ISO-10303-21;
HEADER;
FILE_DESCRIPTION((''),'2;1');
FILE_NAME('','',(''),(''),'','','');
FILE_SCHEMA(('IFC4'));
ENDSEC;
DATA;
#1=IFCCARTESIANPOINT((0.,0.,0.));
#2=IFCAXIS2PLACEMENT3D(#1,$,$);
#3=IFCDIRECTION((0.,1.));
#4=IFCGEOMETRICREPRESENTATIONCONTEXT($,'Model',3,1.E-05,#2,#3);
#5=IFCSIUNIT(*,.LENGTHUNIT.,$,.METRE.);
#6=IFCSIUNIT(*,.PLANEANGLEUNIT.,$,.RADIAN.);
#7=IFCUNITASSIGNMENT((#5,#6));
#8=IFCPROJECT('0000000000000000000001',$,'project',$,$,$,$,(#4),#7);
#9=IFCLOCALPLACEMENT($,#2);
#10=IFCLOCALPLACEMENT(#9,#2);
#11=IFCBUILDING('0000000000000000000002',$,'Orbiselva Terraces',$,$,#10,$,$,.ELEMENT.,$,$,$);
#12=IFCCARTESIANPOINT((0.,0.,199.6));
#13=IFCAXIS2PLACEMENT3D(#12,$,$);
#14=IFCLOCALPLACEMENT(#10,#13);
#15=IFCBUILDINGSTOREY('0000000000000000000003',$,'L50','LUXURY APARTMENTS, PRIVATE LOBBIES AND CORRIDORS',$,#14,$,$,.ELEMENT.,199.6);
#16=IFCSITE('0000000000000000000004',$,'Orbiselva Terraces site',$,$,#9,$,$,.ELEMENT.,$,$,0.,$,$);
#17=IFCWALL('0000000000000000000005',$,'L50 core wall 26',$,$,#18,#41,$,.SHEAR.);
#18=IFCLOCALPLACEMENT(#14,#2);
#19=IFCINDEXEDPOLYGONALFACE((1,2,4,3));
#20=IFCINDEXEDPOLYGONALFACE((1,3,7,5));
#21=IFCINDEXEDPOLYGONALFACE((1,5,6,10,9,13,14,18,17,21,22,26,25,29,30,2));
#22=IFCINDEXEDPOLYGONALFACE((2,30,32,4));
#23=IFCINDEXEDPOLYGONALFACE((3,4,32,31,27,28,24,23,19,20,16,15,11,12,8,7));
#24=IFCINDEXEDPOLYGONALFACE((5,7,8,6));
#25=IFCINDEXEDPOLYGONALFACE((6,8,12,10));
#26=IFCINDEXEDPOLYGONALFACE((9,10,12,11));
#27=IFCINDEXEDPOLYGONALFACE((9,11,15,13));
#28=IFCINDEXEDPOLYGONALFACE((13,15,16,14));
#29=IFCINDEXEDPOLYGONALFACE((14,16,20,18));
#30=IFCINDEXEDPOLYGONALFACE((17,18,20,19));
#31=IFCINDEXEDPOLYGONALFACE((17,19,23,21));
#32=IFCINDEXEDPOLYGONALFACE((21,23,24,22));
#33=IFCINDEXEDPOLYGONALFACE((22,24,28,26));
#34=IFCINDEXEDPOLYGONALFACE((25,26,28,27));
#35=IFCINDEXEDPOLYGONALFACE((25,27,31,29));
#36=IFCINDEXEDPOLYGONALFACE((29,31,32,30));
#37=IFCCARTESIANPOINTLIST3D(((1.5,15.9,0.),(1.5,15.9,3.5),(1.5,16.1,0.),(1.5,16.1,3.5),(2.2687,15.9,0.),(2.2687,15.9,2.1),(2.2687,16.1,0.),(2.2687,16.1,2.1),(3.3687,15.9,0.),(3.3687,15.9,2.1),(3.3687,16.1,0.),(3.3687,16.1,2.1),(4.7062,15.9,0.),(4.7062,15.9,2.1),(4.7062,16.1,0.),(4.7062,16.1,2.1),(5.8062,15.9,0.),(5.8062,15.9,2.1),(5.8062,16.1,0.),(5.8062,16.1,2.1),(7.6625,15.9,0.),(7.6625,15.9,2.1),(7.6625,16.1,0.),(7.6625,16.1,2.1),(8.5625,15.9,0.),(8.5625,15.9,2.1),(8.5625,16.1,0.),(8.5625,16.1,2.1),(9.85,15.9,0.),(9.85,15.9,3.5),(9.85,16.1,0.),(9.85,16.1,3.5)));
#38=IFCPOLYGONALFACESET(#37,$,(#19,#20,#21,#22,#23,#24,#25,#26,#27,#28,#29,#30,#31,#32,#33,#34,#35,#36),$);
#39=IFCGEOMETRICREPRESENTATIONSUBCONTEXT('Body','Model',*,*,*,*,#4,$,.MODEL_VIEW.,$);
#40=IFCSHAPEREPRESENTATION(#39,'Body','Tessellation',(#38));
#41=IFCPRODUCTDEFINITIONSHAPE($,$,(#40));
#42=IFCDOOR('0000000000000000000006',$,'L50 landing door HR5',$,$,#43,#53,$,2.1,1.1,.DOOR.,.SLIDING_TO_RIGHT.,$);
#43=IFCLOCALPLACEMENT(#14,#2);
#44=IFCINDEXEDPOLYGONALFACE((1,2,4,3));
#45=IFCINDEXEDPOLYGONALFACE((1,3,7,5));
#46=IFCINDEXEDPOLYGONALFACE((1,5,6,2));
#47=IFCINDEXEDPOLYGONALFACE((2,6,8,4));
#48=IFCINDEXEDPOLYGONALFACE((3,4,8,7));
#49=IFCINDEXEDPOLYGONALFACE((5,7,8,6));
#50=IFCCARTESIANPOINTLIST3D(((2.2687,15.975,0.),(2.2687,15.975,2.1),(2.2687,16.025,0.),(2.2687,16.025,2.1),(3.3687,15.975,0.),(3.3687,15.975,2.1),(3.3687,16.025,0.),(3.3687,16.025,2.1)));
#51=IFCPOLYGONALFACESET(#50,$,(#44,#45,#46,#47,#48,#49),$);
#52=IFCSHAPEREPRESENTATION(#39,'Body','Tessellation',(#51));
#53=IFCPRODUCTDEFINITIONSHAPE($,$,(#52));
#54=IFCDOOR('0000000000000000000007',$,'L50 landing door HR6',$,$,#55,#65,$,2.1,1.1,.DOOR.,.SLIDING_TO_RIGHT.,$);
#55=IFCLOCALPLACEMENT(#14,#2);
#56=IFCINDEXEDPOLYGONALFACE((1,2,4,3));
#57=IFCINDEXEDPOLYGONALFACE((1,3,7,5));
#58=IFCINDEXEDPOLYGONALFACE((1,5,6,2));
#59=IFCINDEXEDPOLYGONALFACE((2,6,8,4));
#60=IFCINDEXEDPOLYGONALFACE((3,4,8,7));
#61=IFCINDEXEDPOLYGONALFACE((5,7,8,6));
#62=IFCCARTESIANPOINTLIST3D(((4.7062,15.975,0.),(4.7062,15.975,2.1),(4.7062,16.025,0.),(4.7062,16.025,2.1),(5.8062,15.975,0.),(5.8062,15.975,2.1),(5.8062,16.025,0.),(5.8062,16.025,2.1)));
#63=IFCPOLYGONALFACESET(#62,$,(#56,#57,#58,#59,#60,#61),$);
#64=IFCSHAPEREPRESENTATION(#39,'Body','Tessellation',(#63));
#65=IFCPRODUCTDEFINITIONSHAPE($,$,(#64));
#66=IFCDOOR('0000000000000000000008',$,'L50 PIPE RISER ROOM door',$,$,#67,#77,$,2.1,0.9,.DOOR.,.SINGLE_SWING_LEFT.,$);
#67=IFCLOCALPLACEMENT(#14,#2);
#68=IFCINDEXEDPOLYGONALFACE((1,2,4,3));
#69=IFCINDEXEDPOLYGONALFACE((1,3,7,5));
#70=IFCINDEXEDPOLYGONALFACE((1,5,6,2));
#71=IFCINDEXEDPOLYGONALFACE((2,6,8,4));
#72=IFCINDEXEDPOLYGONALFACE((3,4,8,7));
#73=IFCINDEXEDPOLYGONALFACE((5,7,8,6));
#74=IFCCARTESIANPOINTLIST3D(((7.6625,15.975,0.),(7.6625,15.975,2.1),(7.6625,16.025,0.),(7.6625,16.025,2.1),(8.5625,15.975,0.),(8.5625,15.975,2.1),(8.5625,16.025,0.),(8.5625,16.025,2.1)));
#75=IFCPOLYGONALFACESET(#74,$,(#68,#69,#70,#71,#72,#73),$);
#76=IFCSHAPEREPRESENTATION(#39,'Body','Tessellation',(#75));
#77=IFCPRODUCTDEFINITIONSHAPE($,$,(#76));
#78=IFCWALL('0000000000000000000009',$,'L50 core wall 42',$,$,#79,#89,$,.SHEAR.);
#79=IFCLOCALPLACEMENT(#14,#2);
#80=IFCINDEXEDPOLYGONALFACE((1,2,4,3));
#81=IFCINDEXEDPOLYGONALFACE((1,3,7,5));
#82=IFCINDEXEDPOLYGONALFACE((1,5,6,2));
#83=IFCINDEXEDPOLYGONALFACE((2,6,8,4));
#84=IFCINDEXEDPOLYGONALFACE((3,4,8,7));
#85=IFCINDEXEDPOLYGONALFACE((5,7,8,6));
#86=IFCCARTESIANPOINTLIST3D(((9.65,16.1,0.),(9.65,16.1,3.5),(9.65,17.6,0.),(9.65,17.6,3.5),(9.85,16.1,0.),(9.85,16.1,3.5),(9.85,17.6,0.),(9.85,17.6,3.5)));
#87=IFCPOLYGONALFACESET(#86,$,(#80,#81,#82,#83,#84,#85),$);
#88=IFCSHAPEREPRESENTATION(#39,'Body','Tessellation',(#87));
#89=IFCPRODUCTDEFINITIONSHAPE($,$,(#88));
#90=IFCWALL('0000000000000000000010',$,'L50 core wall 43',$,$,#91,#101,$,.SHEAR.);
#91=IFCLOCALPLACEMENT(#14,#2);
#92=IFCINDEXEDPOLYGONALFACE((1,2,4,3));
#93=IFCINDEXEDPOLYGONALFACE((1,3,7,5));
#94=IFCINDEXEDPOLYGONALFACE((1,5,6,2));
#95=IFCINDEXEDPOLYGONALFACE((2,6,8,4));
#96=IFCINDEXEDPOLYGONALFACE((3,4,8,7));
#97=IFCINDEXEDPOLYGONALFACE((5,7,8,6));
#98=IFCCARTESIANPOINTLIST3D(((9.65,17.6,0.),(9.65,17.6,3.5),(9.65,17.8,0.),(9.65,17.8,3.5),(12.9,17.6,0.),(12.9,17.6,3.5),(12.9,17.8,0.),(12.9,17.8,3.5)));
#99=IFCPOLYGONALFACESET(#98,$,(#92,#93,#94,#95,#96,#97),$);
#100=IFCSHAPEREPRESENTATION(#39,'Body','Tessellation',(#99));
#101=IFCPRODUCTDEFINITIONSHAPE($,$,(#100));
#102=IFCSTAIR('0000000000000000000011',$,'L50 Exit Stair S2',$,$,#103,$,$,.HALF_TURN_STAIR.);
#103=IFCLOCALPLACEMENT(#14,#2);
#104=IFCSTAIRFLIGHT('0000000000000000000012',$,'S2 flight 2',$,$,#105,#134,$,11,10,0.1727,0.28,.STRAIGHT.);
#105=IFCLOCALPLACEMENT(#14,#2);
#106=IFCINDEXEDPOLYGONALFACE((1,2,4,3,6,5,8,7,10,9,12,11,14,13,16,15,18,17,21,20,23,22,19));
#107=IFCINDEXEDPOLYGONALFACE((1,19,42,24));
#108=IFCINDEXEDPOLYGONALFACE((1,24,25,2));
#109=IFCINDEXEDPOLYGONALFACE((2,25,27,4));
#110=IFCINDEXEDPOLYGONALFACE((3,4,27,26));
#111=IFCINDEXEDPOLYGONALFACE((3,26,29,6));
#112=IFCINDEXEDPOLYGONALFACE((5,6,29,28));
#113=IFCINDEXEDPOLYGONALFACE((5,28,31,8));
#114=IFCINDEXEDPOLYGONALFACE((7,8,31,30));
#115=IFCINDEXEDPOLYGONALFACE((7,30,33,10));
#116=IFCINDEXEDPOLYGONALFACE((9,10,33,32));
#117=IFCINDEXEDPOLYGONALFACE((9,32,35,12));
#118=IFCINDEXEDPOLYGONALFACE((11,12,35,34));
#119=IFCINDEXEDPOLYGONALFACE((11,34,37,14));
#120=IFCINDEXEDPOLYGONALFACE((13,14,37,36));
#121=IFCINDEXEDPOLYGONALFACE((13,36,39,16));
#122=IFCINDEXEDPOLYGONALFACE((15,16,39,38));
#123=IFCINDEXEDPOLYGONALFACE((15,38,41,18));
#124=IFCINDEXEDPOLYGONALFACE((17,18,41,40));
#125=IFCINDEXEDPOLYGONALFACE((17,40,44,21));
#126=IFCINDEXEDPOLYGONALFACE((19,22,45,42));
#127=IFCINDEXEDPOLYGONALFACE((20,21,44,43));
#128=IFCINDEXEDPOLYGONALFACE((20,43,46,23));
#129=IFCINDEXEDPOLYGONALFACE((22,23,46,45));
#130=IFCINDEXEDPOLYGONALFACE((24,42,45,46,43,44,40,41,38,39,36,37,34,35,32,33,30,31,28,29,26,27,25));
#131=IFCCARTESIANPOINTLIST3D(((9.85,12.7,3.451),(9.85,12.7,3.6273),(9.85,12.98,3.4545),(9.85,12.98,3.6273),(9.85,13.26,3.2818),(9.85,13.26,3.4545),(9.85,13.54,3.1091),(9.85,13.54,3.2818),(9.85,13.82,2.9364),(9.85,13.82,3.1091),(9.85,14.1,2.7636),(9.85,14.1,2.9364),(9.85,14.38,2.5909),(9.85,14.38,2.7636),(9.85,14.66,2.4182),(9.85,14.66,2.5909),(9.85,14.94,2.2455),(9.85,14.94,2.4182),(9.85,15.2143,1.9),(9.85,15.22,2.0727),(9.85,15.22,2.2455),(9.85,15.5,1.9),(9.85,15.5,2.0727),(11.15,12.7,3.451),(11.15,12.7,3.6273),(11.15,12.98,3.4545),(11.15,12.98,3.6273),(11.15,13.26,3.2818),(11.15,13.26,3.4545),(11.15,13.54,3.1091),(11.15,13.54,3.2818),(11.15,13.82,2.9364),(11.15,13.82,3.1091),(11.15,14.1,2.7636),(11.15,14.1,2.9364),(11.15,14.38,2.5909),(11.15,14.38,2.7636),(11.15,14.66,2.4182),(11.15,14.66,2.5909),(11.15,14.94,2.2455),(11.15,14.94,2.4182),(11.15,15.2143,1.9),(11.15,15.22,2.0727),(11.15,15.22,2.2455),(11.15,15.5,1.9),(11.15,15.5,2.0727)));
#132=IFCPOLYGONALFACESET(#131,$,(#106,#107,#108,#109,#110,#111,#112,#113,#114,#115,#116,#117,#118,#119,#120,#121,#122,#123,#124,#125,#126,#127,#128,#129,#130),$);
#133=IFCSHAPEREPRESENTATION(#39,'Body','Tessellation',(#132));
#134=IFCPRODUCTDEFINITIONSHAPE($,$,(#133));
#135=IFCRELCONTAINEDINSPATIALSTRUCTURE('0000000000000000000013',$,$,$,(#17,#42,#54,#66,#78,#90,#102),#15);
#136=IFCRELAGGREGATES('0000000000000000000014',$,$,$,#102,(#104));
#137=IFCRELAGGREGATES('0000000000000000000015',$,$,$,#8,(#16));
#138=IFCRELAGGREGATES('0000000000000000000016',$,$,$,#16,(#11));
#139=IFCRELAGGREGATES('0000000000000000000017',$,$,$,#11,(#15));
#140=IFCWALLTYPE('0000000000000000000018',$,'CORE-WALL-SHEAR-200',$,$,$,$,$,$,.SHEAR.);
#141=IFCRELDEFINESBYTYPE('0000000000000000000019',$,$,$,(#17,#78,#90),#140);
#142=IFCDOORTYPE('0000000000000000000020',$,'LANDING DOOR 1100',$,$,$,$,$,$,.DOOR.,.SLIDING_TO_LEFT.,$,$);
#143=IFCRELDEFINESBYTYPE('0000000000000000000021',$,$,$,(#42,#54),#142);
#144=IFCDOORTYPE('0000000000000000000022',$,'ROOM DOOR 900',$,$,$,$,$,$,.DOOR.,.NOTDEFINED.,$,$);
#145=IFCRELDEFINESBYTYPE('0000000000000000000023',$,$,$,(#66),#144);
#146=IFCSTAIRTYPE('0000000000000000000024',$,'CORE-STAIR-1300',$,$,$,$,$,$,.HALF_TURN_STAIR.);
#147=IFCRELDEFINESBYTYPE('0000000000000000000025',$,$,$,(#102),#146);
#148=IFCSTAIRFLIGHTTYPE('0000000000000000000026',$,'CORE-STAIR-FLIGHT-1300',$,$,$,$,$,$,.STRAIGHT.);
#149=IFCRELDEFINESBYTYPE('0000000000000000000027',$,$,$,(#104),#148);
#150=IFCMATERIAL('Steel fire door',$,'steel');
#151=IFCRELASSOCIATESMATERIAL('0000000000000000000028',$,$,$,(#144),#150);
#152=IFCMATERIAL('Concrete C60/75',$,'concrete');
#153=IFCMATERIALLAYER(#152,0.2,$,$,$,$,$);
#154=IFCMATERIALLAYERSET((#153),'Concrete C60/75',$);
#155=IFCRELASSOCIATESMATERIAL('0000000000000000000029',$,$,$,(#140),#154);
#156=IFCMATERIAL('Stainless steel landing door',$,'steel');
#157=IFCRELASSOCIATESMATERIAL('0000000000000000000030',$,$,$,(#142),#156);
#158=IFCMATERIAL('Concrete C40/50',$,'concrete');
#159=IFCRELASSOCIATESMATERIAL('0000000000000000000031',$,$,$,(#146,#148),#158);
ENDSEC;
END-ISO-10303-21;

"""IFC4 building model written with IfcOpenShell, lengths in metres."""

from ifc_helpers import new_model, si_unit, direction, frame, frame_2d, origin, place, context, subcontext, project, spatial, polyline, rectangle, outline, extrude, material, layer, layer_set, type_object, element, fill, aggregate, save


model = new_model("IFC4")

# Units and contexts
model_context = context("Model", 3, precision=1e-05, world=origin(), true_north=direction((0.0, 1.0)))
body_context = subcontext(model_context, "Body", "Model", "MODEL_VIEW")
ifc_project = project(units=[si_unit("LENGTHUNIT", "METRE"), si_unit("PLANEANGLEUNIT", "RADIAN")], contexts=[model_context])

# Site, building, storey
site_placement = place(None, origin())
site = spatial("IfcSite", under=ifc_project, at=site_placement, Name="Orbiselva Terraces site", CompositionType="ELEMENT", RefElevation=0.0)
building_placement = place(site_placement, origin())
building = spatial("IfcBuilding", under=site, at=building_placement, Name="Orbiselva Terraces", CompositionType="ELEMENT")
storey_placement = place(building_placement, frame((0.0, 0.0, 199.6)))
storey = spatial("IfcBuildingStorey", under=building, at=storey_placement, Name="L50", Description="LUXURY APARTMENTS, PRIVATE LOBBIES AND CORRIDORS", CompositionType="ELEMENT", Elevation=199.6)

# Shared definitions
ifc_material_1 = material(Name="Steel fire door", Category="steel")
door_type_1 = type_object("IfcDoorType", Name="ROOM DOOR 900", OperationType="NOTDEFINED", PredefinedType="DOOR", material=ifc_material_1)

# Shared definitions
ifc_material_2 = material(Name="Concrete C40/50", Category="concrete")
ifc_material_3 = material(Name="Concrete C60/75", Category="concrete")
ifc_layer_1 = layer(ifc_material_3, 0.2)
ifc_layer_set_1 = layer_set([ifc_layer_1], Name="Concrete C60/75")
wall_type_1 = type_object("IfcWallType", Name="CORE-WALL-SHEAR-200", PredefinedType="SHEAR", material=ifc_layer_set_1)

# Wall, openings, doors
wall_1_placement = place(storey_placement, frame((9.85, 16.0, 0.0), z_axis=(0.0, 0.0, 1.0), x_axis=(-1.0, 0.0, 0.0)))
wall_1 = element("IfcWall", 1, at=wall_1_placement, inside=storey, type_object=wall_type_1, Name="L50 core wall 26", PredefinedType="SHEAR", context=body_context, shape_type="SweptSolid", body=[
    extrude(rectangle(XDim=8.35, YDim=0.2, at=frame_2d((4.175, 0.0))), origin(), (0.0, 0.0, 1.0), 3.5),
])
opening_1_placement = place(wall_1_placement, frame((6.4813, 0.0, 0.0)))
opening_1 = element("IfcOpeningElement", 2, at=opening_1_placement, cuts=wall_1, PredefinedType="OPENING", context=body_context, shape_type="SweptSolid", body=[
    extrude(rectangle(XDim=1.1, YDim=2.1, at=frame_2d((0.55, 1.05))), frame((0.0, 0.11, 0.0), z_axis=(0.0, -1.0, 0.0), x_axis=(1.0, 0.0, 0.0)), (0.0, 0.0, 1.0), 0.22),
])
opening_2_placement = place(wall_1_placement, frame((4.0438, 0.0, 0.0)))
opening_2 = element("IfcOpeningElement", 3, at=opening_2_placement, cuts=wall_1, PredefinedType="OPENING", context=body_context, shape_type="SweptSolid", body=[
    extrude(rectangle(XDim=1.1, YDim=2.1, at=frame_2d((0.55, 1.05))), frame((0.0, 0.11, 0.0), z_axis=(0.0, -1.0, 0.0), x_axis=(1.0, 0.0, 0.0)), (0.0, 0.0, 1.0), 0.22),
])
opening_3_placement = place(wall_1_placement, frame((1.2875, 0.0, 0.0)))
opening_3 = element("IfcOpeningElement", 4, at=opening_3_placement, cuts=wall_1, PredefinedType="OPENING", context=body_context, shape_type="SweptSolid", body=[
    extrude(rectangle(XDim=0.9, YDim=2.1, at=frame_2d((0.45, 1.05))), frame((0.0, 0.11, 0.0), z_axis=(0.0, -1.0, 0.0), x_axis=(1.0, 0.0, 0.0)), (0.0, 0.0, 1.0), 0.22),
])
ifc_material_4 = material(Name="Stainless steel landing door", Category="steel")
door_type_2 = type_object("IfcDoorType", Name="LANDING DOOR 1100", OperationType="SLIDING_TO_LEFT", PredefinedType="DOOR", material=ifc_material_4)
door_1_placement = place(opening_1_placement, origin())
door_1 = element("IfcDoor", 5, at=door_1_placement, inside=storey, type_object=door_type_2, Name="L50 landing door HR5", OperationType="SLIDING_TO_RIGHT", OverallHeight=2.1, OverallWidth=1.1, PredefinedType="DOOR", context=body_context, shape_type="SweptSolid", body=[
    extrude(rectangle(XDim=1.1, YDim=2.1, at=frame_2d((0.55, 1.05))), frame((0.0, 0.025, 0.0), z_axis=(0.0, -1.0, 0.0), x_axis=(1.0, 0.0, 0.0)), (0.0, 0.0, 1.0), 0.05),
])
fill(opening_1, door_1)
door_2_placement = place(opening_2_placement, origin())
door_2 = element("IfcDoor", 6, at=door_2_placement, inside=storey, type_object=door_type_2, Name="L50 landing door HR6", OperationType="SLIDING_TO_RIGHT", OverallHeight=2.1, OverallWidth=1.1, PredefinedType="DOOR", context=body_context, shape_type="SweptSolid", body=[
    extrude(rectangle(XDim=1.1, YDim=2.1, at=frame_2d((0.55, 1.05))), frame((0.0, 0.025, 0.0), z_axis=(0.0, -1.0, 0.0), x_axis=(1.0, 0.0, 0.0)), (0.0, 0.0, 1.0), 0.05),
])
fill(opening_2, door_2)
door_3_placement = place(opening_3_placement, origin())
door_3 = element("IfcDoor", 7, at=door_3_placement, inside=storey, type_object=door_type_1, Name="L50 PIPE RISER ROOM door", OperationType="SINGLE_SWING_LEFT", OverallHeight=2.1, OverallWidth=0.9, PredefinedType="DOOR", context=body_context, shape_type="SweptSolid", body=[
    extrude(rectangle(XDim=0.9, YDim=2.1, at=frame_2d((0.45, 1.05))), frame((0.0, 0.025, 0.0), z_axis=(0.0, -1.0, 0.0), x_axis=(1.0, 0.0, 0.0)), (0.0, 0.0, 1.0), 0.05),
])
fill(opening_3, door_3)

# Walls
wall_2_placement = place(storey_placement, frame((9.75, 16.1, 0.0), z_axis=(0.0, 0.0, 1.0), x_axis=(0.0, 1.0, 0.0)))
element("IfcWall", 8, at=wall_2_placement, inside=storey, type_object=wall_type_1, Name="L50 core wall 42", PredefinedType="SHEAR", context=body_context, shape_type="SweptSolid", body=[
    extrude(rectangle(XDim=1.5, YDim=0.2, at=frame_2d((0.75, 0.0))), origin(), (0.0, 0.0, 1.0), 3.5),
])
wall_3_placement = place(storey_placement, frame((9.65, 17.7, 0.0), z_axis=(0.0, 0.0, 1.0), x_axis=(1.0, 0.0, 0.0)))
element("IfcWall", 9, at=wall_3_placement, inside=storey, type_object=wall_type_1, Name="L50 core wall 43", PredefinedType="SHEAR", context=body_context, shape_type="SweptSolid", body=[
    extrude(rectangle(XDim=3.25, YDim=0.2, at=frame_2d((1.625, 0.0))), origin(), (0.0, 0.0, 1.0), 3.5),
])

# Stair, stair flight
stair_type = type_object("IfcStairType", Name="CORE-STAIR-1300", PredefinedType="HALF_TURN_STAIR", material=ifc_material_2)
stair_placement = place(storey_placement, origin())
stair = element("IfcStair", 10, at=stair_placement, inside=storey, type_object=stair_type, Name="L50 Exit Stair S2", PredefinedType="HALF_TURN_STAIR")
stair_flight_type = type_object("IfcStairFlightType", Name="CORE-STAIR-FLIGHT-1300", PredefinedType="STRAIGHT", material=ifc_material_2)
stair_flight_placement = place(storey_placement, frame((10.5, 15.5, 1.9), z_axis=(0.0, 0.0, 1.0), x_axis=(0.0, -1.0, 0.0)))
stair_flight = element("IfcStairFlight", 11, at=stair_flight_placement, type_object=stair_flight_type, Name="S2 flight 2", NumberOfRisers=11, NumberOfTreads=10, PredefinedType="STRAIGHT", RiserHeight=0.1727, TreadLength=0.28, context=body_context, shape_type="SweptSolid", body=[
    extrude(outline(polyline([(0.0, 0.0), (0.0, 0.1727), (0.28, 0.1727), (0.28, 0.3455), (0.56, 0.3455), (0.56, 0.5182), (0.84, 0.5182), (0.84, 0.6909), (1.12, 0.6909), (1.12, 0.8636), (1.4, 0.8636), (1.4, 1.0364), (1.68, 1.0364), (1.68, 1.2091), (1.96, 1.2091), (1.96, 1.3818), (2.24, 1.3818), (2.24, 1.5545), (2.52, 1.5545), (2.52, 1.7273), (2.8, 1.7273), (2.8, 1.9), (2.8, 1.551), (0.2857, 0.0), (0.0, 0.0)])), frame((0.0, 0.65, 0.0), z_axis=(0.0, -1.0, 0.0), x_axis=(1.0, 0.0, 0.0)), (0.0, 0.0, 1.0), 1.3),
])
aggregate(stair, [stair_flight])

save(model, "model.ifc")
